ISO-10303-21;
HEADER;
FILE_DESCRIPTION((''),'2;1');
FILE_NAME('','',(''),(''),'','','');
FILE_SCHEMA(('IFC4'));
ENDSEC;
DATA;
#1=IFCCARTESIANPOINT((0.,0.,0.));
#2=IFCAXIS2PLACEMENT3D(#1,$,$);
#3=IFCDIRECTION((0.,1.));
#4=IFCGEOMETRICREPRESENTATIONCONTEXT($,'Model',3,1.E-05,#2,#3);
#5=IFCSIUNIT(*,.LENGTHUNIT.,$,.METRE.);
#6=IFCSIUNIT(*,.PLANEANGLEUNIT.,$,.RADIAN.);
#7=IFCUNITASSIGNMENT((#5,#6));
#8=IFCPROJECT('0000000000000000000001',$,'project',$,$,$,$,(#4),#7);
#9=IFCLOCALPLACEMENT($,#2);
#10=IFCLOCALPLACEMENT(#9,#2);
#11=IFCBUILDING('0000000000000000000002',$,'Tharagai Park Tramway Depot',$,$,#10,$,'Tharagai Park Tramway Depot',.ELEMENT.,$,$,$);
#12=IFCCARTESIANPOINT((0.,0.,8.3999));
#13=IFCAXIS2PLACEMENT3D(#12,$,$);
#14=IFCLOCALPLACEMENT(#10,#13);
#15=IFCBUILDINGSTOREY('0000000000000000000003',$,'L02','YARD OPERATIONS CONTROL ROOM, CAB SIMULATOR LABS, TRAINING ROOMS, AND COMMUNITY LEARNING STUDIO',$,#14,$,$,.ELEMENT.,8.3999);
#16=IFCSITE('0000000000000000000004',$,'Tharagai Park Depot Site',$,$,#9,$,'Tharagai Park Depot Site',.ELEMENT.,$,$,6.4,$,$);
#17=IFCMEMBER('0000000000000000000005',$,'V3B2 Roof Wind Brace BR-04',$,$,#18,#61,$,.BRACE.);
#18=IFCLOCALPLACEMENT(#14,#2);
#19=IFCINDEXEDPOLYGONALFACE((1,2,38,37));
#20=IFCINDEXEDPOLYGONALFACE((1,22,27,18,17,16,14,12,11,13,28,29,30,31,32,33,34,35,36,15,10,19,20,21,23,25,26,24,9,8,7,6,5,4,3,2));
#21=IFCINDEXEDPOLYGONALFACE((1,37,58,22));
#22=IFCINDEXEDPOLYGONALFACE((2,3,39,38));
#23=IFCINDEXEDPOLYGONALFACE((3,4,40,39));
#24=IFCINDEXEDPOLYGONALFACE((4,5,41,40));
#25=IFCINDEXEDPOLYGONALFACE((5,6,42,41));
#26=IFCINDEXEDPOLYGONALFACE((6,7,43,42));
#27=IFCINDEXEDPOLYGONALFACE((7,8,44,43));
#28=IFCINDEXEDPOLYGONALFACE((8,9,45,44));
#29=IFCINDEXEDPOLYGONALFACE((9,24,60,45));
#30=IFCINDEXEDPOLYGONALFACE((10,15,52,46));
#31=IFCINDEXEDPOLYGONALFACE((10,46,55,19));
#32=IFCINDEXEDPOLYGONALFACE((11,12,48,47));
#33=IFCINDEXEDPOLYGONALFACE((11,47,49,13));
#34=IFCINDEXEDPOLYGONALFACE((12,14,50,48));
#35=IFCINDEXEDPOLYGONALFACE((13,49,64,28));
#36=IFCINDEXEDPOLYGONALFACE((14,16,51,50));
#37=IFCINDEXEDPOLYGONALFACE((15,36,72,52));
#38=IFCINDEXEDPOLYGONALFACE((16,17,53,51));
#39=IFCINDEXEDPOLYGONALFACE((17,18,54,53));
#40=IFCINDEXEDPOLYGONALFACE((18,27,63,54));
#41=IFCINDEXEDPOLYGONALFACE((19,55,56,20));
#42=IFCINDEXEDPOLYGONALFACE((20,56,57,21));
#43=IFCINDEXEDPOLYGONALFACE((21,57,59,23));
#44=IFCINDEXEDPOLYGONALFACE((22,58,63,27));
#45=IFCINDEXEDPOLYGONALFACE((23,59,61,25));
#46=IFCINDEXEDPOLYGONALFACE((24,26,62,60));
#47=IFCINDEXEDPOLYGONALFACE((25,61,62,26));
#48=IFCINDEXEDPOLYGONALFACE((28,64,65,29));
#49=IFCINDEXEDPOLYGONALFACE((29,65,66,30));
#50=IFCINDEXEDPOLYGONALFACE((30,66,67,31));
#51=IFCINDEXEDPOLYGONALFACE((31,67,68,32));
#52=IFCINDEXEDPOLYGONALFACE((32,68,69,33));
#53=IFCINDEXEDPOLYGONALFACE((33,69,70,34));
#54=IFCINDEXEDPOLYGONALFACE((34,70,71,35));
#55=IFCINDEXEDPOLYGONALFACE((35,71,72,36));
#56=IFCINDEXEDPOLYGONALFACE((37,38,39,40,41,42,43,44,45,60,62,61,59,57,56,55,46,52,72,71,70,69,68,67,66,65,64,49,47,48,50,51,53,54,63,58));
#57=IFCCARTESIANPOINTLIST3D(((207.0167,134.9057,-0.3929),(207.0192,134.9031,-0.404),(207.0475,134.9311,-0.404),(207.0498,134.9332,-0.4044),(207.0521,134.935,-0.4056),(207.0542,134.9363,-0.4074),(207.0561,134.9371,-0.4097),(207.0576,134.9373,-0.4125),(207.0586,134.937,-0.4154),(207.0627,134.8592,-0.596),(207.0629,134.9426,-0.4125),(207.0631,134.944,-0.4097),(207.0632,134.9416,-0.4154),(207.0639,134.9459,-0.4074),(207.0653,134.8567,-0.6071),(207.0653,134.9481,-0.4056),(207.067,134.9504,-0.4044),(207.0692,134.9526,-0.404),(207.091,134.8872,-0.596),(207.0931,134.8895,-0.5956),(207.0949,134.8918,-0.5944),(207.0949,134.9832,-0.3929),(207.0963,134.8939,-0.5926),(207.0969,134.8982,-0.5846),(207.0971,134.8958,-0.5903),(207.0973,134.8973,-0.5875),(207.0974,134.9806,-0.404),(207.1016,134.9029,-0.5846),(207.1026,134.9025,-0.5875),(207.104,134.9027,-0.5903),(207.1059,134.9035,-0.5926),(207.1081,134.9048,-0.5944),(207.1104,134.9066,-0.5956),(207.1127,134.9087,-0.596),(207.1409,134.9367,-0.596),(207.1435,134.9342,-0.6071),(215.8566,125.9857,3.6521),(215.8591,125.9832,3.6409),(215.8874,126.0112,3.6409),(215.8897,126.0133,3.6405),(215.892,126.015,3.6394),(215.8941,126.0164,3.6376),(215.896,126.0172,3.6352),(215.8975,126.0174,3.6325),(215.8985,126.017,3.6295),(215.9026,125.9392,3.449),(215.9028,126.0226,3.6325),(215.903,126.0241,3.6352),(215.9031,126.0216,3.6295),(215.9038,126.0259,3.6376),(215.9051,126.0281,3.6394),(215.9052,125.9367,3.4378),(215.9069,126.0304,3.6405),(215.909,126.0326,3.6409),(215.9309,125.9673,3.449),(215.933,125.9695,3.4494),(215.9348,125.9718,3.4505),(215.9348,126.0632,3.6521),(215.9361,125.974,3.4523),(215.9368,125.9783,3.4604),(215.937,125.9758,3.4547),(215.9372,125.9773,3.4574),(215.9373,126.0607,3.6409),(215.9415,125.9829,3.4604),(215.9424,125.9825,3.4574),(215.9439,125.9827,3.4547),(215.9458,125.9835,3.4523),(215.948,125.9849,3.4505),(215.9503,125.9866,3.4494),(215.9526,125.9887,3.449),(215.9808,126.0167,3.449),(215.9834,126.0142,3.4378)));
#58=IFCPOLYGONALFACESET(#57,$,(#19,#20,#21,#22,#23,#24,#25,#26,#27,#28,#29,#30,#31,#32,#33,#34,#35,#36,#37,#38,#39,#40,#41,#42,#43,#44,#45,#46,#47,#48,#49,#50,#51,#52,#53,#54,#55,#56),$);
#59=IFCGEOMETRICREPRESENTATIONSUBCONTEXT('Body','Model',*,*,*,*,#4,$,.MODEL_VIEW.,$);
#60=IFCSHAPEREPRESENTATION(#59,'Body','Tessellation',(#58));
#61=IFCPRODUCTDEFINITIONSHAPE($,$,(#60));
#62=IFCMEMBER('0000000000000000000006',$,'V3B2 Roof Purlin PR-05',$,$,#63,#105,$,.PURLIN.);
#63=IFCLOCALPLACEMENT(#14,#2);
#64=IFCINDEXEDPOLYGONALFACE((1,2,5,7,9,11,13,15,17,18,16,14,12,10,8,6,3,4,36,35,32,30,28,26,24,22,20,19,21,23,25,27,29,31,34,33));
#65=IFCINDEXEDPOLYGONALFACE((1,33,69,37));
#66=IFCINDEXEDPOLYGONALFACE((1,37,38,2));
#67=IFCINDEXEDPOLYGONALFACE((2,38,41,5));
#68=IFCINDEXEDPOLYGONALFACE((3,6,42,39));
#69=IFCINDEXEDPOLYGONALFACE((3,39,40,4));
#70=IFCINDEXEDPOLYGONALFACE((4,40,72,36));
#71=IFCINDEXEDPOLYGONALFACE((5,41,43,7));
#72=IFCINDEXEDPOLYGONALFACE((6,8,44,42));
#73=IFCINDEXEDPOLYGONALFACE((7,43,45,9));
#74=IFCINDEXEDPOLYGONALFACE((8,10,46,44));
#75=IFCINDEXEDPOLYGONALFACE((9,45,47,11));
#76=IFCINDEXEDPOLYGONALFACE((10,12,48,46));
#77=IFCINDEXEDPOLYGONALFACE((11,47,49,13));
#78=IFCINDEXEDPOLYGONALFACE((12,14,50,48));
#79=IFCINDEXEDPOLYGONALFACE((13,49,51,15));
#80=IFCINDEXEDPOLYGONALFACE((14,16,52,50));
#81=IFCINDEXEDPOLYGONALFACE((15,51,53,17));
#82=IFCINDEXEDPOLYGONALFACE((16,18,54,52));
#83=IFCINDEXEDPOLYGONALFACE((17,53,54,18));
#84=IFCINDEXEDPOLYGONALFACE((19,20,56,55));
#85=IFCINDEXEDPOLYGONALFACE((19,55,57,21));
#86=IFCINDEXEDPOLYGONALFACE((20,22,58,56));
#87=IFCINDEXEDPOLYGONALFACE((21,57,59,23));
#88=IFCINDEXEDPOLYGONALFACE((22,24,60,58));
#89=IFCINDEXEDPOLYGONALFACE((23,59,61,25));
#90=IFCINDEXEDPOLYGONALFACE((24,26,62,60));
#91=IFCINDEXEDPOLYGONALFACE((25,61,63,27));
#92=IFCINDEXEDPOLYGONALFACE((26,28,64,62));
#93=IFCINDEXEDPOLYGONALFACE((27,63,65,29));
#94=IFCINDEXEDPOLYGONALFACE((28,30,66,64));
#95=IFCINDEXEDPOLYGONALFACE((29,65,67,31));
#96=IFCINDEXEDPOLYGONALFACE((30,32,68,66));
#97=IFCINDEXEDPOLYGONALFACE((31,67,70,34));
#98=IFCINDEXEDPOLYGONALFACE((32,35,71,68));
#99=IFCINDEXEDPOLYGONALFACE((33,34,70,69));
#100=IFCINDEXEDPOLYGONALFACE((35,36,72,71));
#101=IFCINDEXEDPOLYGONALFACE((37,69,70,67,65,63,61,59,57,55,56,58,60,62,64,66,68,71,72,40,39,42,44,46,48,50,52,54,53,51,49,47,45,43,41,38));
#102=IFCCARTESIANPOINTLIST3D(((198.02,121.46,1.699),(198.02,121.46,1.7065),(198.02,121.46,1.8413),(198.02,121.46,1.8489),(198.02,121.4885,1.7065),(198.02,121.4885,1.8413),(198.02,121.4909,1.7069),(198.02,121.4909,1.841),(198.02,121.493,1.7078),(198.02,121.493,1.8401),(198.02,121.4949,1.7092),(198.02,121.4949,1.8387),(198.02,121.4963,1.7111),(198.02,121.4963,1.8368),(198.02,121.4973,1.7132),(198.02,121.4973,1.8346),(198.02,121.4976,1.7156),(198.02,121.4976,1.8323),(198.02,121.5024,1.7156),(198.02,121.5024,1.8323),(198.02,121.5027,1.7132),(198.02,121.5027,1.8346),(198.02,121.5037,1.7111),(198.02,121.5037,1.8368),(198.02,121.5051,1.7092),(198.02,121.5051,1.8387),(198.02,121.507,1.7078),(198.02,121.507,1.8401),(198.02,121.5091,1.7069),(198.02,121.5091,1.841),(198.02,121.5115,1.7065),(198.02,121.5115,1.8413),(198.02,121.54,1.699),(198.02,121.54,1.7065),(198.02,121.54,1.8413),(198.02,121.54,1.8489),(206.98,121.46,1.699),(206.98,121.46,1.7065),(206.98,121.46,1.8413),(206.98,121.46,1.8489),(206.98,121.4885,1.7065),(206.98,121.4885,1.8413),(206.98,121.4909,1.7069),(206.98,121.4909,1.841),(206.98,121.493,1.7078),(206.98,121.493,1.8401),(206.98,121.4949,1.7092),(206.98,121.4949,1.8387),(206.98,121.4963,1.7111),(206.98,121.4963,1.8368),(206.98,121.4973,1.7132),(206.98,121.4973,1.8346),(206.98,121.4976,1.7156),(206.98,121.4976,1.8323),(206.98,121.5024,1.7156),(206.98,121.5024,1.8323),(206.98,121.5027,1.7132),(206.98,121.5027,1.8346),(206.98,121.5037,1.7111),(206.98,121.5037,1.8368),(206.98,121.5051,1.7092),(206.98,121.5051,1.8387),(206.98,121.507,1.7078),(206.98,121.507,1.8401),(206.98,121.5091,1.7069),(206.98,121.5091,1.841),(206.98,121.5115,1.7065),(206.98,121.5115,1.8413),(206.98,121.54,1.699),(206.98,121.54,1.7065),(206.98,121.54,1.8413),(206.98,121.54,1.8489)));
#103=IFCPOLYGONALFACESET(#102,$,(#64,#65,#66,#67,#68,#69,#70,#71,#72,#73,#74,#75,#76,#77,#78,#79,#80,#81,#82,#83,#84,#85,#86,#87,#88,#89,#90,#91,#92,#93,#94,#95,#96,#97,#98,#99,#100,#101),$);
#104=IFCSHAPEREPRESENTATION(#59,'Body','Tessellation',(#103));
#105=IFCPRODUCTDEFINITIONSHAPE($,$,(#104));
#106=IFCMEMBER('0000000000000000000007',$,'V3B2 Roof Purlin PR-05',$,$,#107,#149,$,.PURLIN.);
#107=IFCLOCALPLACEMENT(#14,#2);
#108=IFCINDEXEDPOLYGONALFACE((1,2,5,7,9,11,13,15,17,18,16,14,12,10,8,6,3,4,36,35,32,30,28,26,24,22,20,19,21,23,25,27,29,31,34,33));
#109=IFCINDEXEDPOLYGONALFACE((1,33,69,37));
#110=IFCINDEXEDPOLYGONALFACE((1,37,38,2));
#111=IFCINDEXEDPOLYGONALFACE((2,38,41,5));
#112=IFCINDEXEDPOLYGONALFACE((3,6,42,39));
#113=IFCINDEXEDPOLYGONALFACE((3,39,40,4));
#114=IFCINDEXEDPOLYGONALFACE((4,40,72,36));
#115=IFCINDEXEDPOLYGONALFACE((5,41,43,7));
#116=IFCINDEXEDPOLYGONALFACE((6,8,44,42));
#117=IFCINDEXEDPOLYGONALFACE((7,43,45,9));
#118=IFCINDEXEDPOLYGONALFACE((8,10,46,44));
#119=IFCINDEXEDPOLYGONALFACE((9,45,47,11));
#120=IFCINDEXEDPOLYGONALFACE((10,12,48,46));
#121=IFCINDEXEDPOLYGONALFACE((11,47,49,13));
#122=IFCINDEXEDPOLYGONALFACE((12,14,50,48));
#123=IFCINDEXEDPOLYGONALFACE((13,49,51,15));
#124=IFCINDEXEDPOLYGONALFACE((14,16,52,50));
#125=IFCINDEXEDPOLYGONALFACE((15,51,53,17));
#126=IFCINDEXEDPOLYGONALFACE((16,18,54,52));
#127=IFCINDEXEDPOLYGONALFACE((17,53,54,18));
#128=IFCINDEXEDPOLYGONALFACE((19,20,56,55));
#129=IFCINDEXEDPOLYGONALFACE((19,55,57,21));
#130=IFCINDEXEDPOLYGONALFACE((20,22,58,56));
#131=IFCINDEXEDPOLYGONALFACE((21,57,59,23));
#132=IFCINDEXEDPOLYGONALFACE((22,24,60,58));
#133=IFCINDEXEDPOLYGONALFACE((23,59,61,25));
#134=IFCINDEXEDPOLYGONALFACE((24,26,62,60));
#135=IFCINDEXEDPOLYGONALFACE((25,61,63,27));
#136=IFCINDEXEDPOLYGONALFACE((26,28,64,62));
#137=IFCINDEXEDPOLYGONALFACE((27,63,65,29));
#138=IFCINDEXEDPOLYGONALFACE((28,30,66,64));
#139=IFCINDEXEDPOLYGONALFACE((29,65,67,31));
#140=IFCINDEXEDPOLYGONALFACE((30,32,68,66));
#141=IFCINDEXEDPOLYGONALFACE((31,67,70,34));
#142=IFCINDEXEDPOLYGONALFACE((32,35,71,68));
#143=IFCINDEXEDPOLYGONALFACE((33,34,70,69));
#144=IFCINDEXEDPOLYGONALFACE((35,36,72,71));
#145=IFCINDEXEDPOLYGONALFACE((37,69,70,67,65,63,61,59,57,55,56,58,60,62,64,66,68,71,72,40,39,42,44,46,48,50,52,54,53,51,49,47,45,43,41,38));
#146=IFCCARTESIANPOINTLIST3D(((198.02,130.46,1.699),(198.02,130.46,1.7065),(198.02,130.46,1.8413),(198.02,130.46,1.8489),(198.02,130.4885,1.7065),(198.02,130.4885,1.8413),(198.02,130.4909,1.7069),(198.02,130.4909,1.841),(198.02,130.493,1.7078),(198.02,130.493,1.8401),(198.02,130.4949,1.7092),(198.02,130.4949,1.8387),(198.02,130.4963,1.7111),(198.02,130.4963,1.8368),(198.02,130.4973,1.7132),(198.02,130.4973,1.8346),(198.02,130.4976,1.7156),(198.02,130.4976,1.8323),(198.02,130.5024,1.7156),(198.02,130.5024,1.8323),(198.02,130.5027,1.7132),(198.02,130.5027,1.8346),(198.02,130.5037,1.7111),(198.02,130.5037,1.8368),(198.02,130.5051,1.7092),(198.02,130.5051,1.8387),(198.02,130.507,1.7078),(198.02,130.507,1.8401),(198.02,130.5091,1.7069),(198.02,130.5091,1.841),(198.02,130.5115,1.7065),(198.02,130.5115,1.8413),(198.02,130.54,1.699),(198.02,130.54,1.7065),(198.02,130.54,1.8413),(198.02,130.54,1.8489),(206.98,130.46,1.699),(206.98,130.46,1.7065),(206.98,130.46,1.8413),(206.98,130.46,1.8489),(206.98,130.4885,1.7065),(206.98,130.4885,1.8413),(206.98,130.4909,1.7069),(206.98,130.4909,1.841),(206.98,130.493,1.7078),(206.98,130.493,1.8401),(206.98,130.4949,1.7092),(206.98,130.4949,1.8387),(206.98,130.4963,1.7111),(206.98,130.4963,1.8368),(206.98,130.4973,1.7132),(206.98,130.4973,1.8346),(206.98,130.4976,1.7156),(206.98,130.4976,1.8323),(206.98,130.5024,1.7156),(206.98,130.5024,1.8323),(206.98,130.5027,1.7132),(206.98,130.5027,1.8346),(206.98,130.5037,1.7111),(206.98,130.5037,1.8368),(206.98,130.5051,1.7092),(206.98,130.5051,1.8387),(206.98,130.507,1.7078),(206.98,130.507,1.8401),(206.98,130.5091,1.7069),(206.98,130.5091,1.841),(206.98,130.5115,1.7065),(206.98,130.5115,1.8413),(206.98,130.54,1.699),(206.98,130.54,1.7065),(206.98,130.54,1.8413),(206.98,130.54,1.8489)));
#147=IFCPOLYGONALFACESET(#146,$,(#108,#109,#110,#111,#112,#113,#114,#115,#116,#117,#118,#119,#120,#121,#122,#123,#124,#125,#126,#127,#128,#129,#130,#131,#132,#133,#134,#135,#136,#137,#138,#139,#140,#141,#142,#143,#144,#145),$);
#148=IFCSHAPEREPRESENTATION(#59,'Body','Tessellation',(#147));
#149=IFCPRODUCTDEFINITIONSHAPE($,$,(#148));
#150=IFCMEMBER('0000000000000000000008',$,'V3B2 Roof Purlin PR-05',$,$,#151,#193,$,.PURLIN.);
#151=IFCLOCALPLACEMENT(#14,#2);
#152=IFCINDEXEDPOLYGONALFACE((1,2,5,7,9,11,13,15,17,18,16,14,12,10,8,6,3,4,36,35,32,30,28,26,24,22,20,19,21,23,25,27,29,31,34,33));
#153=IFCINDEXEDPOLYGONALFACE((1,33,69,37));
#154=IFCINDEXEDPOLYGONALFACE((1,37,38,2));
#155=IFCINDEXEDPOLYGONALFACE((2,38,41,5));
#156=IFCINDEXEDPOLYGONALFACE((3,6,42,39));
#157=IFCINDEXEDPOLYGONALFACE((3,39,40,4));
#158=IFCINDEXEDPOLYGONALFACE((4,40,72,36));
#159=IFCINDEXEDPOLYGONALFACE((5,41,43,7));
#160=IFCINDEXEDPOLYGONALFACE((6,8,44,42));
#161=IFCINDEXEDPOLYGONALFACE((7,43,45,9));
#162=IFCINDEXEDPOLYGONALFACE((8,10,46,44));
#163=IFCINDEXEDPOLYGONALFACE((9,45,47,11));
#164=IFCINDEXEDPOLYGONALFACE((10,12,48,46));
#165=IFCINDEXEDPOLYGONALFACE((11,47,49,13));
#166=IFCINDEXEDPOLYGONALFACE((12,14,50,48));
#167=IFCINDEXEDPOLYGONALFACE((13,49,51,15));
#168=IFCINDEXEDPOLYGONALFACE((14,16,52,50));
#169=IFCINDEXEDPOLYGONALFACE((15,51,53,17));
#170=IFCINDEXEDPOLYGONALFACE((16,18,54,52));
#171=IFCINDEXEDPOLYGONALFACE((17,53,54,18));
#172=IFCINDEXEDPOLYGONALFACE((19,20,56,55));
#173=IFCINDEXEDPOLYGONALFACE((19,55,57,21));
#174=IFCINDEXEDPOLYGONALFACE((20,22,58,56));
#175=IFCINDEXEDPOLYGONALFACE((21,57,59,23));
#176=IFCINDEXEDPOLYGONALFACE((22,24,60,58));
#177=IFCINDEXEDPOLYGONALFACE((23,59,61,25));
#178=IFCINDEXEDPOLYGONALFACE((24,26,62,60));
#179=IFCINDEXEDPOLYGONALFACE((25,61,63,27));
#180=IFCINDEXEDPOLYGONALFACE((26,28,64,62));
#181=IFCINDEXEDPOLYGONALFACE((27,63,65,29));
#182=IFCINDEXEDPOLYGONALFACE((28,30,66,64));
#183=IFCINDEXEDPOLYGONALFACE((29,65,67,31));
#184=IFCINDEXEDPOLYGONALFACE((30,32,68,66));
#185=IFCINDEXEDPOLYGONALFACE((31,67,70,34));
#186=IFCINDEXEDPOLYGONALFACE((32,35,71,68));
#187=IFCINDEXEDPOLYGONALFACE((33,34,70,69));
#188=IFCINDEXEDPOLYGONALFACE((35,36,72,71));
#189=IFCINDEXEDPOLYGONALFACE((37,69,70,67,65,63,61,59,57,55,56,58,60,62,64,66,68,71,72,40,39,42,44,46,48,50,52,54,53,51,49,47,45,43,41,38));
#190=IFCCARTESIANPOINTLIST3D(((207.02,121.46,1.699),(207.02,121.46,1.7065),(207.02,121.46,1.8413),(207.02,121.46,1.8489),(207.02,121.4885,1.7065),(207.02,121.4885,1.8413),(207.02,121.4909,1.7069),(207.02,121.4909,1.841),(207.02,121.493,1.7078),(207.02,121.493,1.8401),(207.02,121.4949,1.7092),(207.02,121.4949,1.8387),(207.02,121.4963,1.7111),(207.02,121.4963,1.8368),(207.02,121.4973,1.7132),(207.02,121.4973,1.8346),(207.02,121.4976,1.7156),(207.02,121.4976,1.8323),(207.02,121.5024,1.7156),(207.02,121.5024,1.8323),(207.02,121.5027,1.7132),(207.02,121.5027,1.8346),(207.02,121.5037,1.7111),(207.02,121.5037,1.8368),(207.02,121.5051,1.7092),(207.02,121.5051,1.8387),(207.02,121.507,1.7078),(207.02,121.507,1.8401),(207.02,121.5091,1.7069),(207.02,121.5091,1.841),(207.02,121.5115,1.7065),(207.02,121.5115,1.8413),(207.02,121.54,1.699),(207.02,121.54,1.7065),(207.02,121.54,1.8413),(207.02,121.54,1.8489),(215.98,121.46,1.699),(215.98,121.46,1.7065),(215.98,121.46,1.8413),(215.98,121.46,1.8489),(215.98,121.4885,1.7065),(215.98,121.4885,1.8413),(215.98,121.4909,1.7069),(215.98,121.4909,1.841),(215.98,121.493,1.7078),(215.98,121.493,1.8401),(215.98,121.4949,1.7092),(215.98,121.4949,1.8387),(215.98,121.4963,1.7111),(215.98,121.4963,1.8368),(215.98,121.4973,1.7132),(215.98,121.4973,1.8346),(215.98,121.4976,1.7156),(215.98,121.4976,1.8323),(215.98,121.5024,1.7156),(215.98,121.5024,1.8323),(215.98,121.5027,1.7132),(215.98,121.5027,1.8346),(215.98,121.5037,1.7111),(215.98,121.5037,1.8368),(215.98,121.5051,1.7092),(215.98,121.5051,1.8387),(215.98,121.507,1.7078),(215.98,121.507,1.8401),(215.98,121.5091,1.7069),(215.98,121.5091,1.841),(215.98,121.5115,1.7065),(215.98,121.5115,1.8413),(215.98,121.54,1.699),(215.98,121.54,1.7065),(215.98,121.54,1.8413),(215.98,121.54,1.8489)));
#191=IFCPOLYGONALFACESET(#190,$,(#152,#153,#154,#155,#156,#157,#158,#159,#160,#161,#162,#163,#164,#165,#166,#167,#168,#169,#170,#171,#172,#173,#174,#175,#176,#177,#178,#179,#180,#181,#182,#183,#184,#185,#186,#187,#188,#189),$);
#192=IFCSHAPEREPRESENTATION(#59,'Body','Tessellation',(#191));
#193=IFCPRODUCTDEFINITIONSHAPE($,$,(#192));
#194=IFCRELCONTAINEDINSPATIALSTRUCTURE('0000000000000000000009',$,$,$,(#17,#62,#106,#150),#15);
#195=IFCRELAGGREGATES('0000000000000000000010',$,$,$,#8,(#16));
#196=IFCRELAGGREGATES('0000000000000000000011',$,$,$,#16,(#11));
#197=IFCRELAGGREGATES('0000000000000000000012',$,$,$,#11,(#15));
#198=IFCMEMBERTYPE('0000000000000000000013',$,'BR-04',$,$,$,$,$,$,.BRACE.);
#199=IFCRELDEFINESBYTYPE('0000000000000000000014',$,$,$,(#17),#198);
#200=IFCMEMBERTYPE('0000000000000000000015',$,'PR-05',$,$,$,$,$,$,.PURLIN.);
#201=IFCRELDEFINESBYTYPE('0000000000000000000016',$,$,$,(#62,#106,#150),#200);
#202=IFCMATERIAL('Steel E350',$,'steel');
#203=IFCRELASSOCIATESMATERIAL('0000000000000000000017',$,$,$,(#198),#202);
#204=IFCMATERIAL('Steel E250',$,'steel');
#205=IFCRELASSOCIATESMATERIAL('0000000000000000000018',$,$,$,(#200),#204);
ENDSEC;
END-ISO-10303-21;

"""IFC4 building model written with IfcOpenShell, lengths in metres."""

from ifc_helpers import new_model, si_unit, direction, frame, origin, origin_2d, place, context, subcontext, project, spatial, i_section, extrude, material, material_profile, profile_set, type_object, element, save


model = new_model("IFC4")

# Units and contexts
model_context = context("Model", 3, precision=1e-05, world=origin(), true_north=direction((0.0, 1.0)))
body_context = subcontext(model_context, "Body", "Model", "MODEL_VIEW")
ifc_project = project(units=[si_unit("LENGTHUNIT", "METRE"), si_unit("PLANEANGLEUNIT", "RADIAN")], contexts=[model_context])

# Site, building, storey
site_placement = place(None, origin())
site = spatial("IfcSite", under=ifc_project, at=site_placement, Name="Tharagai Park Depot Site", LongName="Tharagai Park Depot Site", CompositionType="ELEMENT", RefElevation=6.4)
building_placement = place(site_placement, origin())
building = spatial("IfcBuilding", under=site, at=building_placement, Name="Tharagai Park Tramway Depot", LongName="Tharagai Park Tramway Depot", CompositionType="ELEMENT")
storey_placement = place(building_placement, frame((0.0, 0.0, 8.3999)))
storey = spatial("IfcBuildingStorey", under=building, at=storey_placement, Name="L02", Description="YARD OPERATIONS CONTROL ROOM, CAB SIMULATOR LABS, TRAINING ROOMS, AND COMMUNITY LEARNING STUDIO", CompositionType="ELEMENT", Elevation=8.3999)

# Shared definitions
ifc_material_1 = material(Name="Steel E350", Category="steel")

# Members
ifc_material_profile_1 = material_profile(ifc_material_1, i_section(OverallWidth=0.1101, OverallDepth=0.2251, WebThickness=0.0066, FlangeThickness=0.0117, FilletRadius=0.012, at=origin_2d()), Name="ISMB 225")
ifc_profile_set_1 = profile_set([ifc_material_profile_1], Name="Steel E350")
member_type_1 = type_object("IfcMemberType", Name="BR-04", PredefinedType="BRACE", material=ifc_profile_set_1)
for number, where, z_axis, x_axis, name in (
    (1, (207.0801, 134.9199, -0.5), (0.670014, -0.676083, 0.306584), (0.710288, 0.703911, 0.0), "V3B2 Roof Wind Brace BR-04"),
):
    element("IfcMember", number, at=place(storey_placement, frame(where, z_axis=z_axis, x_axis=x_axis)), inside=storey, type_object=member_type_1, Name=name, PredefinedType="BRACE", context=body_context, shape_type="SweptSolid", body=[
        extrude(i_section(OverallWidth=0.1101, OverallDepth=0.2251, WebThickness=0.0066, FlangeThickness=0.0117, FilletRadius=0.012, at=origin_2d()), origin(), (0.0, 0.0, 1.0), 13.1936),
    ])
ifc_material_2 = material(Name="Steel E250", Category="steel")
ifc_material_profile_2 = material_profile(ifc_material_2, i_section(OverallWidth=0.0801, OverallDepth=0.1499, WebThickness=0.0049, FlangeThickness=0.0076, FilletRadius=0.009, at=origin_2d()), Name="ISMB 150")
ifc_profile_set_2 = profile_set([ifc_material_profile_2], Name="Steel E250")
member_type_2 = type_object("IfcMemberType", Name="PR-05", PredefinedType="PURLIN", material=ifc_profile_set_2)
for number, where, z_axis, x_axis, name in (
    (2, (198.02, 121.5, 1.7739), (1.0, 0.0, 0.0), (0.0, 1.0, 0.0), "V3B2 Roof Purlin PR-05"),
    (3, (198.02, 130.5, 1.7739), (1.0, 0.0, 0.0), (0.0, 1.0, 0.0), "V3B2 Roof Purlin PR-05"),
    (4, (207.02, 121.5, 1.7739), (1.0, 0.0, 0.0), (0.0, 1.0, 0.0), "V3B2 Roof Purlin PR-05"),
):
    element("IfcMember", number, at=place(storey_placement, frame(where, z_axis=z_axis, x_axis=x_axis)), inside=storey, type_object=member_type_2, Name=name, PredefinedType="PURLIN", context=body_context, shape_type="SweptSolid", body=[
        extrude(i_section(OverallWidth=0.0801, OverallDepth=0.1499, WebThickness=0.0049, FlangeThickness=0.0076, FilletRadius=0.009, at=origin_2d()), origin(), (0.0, 0.0, 1.0), 8.96),
    ])

save(model, "model.ifc")
